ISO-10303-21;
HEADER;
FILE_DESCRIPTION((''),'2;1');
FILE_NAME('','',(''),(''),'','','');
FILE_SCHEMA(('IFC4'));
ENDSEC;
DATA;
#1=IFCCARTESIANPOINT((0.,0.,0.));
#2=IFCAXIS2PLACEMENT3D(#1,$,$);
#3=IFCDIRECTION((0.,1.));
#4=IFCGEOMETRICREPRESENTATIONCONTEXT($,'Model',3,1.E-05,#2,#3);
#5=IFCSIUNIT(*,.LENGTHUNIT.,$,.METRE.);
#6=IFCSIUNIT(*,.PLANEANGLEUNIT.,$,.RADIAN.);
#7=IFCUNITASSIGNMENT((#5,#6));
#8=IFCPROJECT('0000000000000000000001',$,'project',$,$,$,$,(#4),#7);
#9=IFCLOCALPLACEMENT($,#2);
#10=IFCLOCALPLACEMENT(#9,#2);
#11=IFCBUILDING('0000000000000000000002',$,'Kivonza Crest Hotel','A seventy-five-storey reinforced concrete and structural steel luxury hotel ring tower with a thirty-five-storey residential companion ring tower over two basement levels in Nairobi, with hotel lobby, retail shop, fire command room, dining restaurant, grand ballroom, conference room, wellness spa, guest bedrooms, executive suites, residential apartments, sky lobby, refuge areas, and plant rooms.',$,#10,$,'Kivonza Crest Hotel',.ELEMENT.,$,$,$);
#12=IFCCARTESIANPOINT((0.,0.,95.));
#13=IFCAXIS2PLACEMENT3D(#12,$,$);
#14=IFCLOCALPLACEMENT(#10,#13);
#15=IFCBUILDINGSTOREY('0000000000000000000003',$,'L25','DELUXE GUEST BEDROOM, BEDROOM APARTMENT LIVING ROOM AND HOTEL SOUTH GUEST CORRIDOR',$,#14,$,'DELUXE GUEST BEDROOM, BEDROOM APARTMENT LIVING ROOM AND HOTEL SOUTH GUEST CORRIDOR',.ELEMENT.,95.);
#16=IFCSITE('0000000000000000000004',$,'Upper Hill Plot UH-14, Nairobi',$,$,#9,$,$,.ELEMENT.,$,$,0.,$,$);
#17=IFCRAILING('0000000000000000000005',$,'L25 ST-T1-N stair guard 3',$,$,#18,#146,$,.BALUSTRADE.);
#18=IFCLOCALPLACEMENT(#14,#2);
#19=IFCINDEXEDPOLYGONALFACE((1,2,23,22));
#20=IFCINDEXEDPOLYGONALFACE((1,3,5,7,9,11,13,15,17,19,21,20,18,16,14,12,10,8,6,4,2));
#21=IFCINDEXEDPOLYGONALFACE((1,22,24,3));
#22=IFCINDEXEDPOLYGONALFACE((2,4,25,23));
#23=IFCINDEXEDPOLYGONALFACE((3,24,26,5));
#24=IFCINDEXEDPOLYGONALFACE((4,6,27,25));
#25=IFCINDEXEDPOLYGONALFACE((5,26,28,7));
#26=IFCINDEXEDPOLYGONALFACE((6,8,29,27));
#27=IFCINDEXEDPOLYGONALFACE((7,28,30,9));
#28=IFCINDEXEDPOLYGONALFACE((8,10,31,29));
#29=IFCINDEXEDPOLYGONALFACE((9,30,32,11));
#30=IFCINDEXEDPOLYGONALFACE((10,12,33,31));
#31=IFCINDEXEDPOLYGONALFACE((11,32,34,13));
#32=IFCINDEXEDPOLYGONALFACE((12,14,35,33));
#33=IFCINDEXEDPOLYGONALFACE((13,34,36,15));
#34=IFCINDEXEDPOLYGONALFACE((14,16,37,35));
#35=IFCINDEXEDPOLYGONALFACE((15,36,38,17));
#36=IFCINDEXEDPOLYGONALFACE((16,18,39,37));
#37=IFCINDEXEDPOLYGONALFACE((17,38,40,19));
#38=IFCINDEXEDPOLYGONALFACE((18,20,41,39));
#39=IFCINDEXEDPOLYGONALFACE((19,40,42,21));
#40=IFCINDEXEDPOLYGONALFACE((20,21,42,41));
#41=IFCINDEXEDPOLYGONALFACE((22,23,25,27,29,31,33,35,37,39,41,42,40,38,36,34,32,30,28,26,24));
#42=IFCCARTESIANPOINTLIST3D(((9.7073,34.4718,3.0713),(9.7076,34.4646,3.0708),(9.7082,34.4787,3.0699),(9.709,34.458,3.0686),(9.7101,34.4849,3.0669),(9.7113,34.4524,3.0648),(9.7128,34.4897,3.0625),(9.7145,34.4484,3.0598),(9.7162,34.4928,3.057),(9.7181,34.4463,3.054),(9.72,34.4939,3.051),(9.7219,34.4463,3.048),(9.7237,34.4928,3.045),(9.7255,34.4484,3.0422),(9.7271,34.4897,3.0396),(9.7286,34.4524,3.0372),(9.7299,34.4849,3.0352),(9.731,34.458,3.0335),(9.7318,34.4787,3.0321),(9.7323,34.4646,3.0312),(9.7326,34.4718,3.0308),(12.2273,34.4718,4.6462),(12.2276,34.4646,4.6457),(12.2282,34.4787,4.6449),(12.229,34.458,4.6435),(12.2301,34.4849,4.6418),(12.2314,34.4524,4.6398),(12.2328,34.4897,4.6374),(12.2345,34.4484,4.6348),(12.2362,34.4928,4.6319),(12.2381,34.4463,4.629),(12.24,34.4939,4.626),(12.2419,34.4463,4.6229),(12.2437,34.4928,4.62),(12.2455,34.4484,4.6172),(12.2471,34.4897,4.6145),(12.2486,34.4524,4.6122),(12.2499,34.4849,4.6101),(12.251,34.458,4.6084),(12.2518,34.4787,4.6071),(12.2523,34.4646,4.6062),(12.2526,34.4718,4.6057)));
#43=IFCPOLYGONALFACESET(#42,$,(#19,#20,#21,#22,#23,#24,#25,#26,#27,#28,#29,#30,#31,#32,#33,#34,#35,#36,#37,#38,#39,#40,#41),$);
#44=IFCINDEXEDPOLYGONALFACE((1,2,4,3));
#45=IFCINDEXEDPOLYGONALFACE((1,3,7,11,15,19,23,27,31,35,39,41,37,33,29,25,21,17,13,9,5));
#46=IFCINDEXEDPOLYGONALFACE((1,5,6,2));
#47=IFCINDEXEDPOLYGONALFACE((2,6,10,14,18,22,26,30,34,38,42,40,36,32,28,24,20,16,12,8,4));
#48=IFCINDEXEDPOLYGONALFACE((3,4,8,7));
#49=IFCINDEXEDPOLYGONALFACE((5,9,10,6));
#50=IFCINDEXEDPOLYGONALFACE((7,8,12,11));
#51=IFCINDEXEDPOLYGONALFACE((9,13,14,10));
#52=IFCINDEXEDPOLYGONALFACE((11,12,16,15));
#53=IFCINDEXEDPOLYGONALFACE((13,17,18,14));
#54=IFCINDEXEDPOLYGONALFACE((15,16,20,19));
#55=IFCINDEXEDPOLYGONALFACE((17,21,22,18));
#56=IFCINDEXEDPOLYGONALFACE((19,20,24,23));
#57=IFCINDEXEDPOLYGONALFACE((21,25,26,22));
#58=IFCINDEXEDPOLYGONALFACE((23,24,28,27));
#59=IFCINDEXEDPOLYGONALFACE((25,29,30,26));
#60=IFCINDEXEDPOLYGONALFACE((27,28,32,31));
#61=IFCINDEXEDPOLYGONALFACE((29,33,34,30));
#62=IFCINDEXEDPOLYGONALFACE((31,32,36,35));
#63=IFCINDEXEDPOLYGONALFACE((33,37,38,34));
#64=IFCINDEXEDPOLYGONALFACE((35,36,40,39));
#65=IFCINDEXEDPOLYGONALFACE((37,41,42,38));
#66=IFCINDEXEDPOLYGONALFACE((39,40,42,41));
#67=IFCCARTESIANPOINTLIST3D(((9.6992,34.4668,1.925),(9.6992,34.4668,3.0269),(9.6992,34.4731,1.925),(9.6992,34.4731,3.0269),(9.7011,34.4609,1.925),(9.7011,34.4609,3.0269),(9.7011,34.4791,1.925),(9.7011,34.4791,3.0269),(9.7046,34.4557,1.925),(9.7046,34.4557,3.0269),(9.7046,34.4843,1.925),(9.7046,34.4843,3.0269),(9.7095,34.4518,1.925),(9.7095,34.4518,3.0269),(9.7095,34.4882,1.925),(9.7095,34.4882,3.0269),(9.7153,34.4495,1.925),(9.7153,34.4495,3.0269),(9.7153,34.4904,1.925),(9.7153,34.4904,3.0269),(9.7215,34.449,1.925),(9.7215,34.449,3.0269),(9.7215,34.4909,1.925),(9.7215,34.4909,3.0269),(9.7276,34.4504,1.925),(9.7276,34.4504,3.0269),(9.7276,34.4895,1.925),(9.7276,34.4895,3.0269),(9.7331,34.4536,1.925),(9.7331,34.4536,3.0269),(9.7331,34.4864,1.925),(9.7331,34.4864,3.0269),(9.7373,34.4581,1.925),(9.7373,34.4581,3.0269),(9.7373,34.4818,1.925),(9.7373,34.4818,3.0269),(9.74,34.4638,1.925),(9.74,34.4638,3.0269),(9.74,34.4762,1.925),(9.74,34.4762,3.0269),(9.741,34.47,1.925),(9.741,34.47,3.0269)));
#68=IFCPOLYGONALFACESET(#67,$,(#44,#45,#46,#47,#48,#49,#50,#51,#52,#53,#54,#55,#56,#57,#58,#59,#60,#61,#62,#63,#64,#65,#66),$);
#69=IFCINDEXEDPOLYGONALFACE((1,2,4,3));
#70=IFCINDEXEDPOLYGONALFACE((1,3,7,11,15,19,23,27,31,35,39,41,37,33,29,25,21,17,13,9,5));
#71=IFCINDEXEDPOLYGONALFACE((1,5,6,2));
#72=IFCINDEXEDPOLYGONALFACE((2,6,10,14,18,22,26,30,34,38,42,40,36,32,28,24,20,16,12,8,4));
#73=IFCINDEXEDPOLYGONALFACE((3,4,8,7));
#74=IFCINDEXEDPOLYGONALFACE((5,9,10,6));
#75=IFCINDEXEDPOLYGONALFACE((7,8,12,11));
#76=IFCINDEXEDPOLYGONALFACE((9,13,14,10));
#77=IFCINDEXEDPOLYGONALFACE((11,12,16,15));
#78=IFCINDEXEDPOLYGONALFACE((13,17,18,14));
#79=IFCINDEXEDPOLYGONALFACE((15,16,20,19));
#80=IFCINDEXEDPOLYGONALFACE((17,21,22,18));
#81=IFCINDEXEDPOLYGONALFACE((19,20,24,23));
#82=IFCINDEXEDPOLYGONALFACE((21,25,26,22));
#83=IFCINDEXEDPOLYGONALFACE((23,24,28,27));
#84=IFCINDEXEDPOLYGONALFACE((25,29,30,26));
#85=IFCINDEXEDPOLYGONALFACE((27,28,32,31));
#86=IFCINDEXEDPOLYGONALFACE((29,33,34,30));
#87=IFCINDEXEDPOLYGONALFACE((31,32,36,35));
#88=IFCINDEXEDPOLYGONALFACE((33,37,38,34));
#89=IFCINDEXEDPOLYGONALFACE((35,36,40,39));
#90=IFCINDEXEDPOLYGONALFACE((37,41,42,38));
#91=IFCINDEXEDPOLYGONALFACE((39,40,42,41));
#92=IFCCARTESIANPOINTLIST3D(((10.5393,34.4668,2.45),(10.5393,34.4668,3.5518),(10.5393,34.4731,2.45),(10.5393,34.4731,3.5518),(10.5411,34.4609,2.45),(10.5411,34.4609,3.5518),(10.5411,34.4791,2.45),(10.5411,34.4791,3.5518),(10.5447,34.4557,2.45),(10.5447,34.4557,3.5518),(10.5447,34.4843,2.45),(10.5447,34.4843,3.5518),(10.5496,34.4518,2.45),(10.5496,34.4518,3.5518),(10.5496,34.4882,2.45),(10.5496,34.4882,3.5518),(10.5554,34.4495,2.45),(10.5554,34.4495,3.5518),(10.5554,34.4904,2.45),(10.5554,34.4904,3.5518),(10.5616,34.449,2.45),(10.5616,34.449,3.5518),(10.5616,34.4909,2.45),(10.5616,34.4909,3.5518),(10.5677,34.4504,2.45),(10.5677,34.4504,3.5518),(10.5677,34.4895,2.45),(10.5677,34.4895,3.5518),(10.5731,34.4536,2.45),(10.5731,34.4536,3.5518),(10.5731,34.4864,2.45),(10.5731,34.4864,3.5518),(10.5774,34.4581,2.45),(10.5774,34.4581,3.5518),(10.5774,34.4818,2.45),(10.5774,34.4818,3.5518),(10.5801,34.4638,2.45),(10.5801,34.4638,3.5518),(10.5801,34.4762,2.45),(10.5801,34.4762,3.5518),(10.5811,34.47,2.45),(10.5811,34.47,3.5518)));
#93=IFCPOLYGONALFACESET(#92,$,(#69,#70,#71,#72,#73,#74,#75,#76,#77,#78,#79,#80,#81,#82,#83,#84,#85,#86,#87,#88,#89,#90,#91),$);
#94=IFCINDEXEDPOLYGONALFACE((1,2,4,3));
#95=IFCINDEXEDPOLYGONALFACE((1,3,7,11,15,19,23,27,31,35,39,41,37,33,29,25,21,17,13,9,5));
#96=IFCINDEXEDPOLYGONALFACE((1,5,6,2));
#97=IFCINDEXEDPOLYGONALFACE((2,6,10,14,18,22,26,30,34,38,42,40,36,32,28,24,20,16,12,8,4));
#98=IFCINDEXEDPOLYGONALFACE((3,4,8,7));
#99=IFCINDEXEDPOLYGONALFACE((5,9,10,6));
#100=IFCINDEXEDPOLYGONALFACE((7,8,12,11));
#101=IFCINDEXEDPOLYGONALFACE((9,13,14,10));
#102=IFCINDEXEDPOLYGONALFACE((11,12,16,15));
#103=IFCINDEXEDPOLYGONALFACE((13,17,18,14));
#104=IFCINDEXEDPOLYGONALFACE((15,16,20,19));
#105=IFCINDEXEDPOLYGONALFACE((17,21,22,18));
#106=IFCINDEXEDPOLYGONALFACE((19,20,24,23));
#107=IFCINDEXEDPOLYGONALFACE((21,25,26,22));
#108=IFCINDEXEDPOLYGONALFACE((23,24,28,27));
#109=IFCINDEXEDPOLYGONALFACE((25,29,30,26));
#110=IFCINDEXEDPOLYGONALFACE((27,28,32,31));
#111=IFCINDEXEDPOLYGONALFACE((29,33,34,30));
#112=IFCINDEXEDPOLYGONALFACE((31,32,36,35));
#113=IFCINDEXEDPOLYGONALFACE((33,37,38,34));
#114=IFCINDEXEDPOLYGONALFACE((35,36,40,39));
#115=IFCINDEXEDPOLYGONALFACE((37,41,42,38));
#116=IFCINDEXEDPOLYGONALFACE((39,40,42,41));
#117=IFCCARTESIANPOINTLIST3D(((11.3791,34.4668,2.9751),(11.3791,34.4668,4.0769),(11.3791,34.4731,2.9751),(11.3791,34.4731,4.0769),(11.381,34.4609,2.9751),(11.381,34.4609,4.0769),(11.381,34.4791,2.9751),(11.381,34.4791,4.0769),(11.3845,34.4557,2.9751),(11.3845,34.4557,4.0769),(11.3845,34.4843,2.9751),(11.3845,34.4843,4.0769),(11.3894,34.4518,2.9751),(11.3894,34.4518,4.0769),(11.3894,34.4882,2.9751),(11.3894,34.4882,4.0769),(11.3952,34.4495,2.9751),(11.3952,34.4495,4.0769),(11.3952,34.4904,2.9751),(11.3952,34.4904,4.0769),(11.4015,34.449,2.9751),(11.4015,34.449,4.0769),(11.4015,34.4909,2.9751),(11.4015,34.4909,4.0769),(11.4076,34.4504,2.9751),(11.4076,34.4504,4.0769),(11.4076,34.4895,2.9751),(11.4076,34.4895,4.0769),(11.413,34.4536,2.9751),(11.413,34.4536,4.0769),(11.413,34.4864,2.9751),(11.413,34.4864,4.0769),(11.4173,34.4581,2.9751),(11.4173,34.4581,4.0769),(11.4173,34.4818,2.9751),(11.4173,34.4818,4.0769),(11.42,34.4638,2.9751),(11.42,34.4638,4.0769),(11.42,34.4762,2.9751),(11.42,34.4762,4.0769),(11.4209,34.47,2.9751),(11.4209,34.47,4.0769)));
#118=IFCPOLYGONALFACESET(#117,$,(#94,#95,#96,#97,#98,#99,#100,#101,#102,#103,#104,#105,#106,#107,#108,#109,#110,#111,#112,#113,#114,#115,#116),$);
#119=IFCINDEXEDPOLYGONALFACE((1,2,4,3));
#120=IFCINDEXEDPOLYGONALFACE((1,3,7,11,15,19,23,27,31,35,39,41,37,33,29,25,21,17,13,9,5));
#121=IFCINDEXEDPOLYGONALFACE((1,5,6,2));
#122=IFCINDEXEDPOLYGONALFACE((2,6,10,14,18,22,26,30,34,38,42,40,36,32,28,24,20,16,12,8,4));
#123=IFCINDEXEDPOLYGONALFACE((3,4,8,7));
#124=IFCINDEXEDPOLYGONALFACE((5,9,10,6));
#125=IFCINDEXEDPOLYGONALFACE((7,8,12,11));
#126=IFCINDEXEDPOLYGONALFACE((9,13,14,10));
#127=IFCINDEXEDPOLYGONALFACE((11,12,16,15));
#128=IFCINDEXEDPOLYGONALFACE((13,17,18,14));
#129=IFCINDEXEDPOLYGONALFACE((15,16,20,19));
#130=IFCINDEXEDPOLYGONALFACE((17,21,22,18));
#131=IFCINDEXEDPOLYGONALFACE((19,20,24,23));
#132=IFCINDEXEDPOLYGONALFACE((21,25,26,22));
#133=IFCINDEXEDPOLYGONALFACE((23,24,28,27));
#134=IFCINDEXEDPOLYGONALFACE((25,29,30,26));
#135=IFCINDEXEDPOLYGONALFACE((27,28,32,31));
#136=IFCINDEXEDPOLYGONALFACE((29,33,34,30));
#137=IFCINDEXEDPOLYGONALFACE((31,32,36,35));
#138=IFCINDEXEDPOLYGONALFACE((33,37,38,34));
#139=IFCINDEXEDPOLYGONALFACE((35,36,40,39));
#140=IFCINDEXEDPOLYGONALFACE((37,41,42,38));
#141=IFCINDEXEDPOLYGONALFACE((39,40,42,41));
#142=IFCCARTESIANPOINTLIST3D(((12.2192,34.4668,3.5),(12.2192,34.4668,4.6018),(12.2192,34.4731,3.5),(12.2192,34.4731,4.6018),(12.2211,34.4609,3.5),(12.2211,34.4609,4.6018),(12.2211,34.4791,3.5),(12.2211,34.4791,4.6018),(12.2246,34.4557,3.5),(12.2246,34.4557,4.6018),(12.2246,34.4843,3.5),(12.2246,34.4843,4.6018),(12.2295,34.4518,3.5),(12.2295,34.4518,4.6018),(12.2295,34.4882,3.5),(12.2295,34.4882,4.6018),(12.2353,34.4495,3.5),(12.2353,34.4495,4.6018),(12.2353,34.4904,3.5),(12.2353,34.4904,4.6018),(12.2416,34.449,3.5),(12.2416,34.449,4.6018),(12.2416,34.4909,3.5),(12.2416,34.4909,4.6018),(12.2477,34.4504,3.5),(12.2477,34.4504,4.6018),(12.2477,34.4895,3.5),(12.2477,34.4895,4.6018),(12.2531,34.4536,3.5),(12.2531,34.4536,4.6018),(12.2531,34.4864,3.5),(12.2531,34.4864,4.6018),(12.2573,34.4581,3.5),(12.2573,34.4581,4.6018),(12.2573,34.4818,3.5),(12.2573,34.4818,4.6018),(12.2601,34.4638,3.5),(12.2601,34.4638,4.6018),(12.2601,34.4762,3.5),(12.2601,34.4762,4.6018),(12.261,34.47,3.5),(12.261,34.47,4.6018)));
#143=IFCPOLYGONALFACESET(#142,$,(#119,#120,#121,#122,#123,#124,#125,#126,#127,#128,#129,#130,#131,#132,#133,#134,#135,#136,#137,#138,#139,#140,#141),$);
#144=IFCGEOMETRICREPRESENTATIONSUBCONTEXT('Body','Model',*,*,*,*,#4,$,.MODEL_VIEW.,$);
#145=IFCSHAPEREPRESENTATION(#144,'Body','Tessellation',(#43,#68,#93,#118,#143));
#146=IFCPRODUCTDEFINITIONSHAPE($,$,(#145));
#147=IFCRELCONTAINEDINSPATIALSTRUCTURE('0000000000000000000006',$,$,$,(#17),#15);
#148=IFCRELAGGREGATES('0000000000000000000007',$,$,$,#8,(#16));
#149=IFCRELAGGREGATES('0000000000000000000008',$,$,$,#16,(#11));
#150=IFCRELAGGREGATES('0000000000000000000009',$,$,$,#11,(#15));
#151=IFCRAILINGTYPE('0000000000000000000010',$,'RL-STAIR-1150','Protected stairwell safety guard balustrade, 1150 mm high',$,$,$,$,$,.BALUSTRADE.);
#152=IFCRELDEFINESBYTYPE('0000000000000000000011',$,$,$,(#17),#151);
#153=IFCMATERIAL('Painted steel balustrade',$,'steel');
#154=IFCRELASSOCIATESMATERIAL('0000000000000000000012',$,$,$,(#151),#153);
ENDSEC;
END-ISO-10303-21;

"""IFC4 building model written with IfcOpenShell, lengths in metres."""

from ifc_helpers import new_model, si_unit, direction, frame, origin, origin_2d, place, context, subcontext, project, spatial, circle, extrude, material, type_object, element, save


model = new_model("IFC4")

# Units and contexts
model_context = context("Model", 3, precision=1e-05, world=origin(), true_north=direction((0.0, 1.0)))
body_context = subcontext(model_context, "Body", "Model", "MODEL_VIEW")
ifc_project = project(units=[si_unit("LENGTHUNIT", "METRE"), si_unit("PLANEANGLEUNIT", "RADIAN")], contexts=[model_context])

# Site, building, storey
site_placement = place(None, origin())
site = spatial("IfcSite", under=ifc_project, at=site_placement, Name="Upper Hill Plot UH-14, Nairobi", CompositionType="ELEMENT", RefElevation=0.0)
building_placement = place(site_placement, origin())
building = spatial("IfcBuilding", under=site, at=building_placement, Name="Kivonza Crest Hotel", Description="A seventy-five-storey reinforced concrete and structural steel luxury hotel ring tower with a thirty-five-storey residential companion ring tower over two basement levels in Nairobi, with hotel lobby, retail shop, fire command room, dining restaurant, grand ballroom, conference room, wellness spa, guest bedrooms, executive suites, residential apartments, sky lobby, refuge areas, and plant rooms.", LongName="Kivonza Crest Hotel", CompositionType="ELEMENT")
storey_placement = place(building_placement, frame((0.0, 0.0, 95.0)))
storey = spatial("IfcBuildingStorey", under=building, at=storey_placement, Name="L25", Description="DELUXE GUEST BEDROOM, BEDROOM APARTMENT LIVING ROOM AND HOTEL SOUTH GUEST CORRIDOR", LongName="DELUXE GUEST BEDROOM, BEDROOM APARTMENT LIVING ROOM AND HOTEL SOUTH GUEST CORRIDOR", CompositionType="ELEMENT", Elevation=95.0)

# Railing
ifc_material_1 = material(Name="Painted steel balustrade", Category="steel")
railing_type_1 = type_object("IfcRailingType", Name="RL-STAIR-1150", Description="Protected stairwell safety guard balustrade, 1150 mm high", PredefinedType="BALUSTRADE", material=ifc_material_1)
railing_1_placement = place(storey_placement, frame((9.72, 34.47, 1.925)))
element("IfcRailing", 1, at=railing_1_placement, inside=storey, type_object=railing_type_1, Name="L25 ST-T1-N stair guard 3", PredefinedType="BALUSTRADE", context=body_context, shape_type="SweptSolid", body=[
    extrude(circle(Radius=0.0239, at=origin_2d()), frame((0.0, 0.0, 1.126), z_axis=(0.848008, 0.0, 0.529984), x_axis=(0.0, 1.0, 0.0)), (0.0, 0.0, 1.0), 2.9717),
    extrude(circle(Radius=0.021, at=origin_2d()), origin(), (0.0, 0.0, 1.0), 1.1018),
    extrude(circle(Radius=0.021, at=origin_2d()), frame((0.8401, 0.0, 0.5249)), (0.0, 0.0, 1.0), 1.1018),
    extrude(circle(Radius=0.021, at=origin_2d()), frame((1.6799, 0.0, 1.05)), (0.0, 0.0, 1.0), 1.1018),
    extrude(circle(Radius=0.021, at=origin_2d()), frame((2.52, 0.0, 1.575)), (0.0, 0.0, 1.0), 1.1018),
])

save(model, "model.ifc")
